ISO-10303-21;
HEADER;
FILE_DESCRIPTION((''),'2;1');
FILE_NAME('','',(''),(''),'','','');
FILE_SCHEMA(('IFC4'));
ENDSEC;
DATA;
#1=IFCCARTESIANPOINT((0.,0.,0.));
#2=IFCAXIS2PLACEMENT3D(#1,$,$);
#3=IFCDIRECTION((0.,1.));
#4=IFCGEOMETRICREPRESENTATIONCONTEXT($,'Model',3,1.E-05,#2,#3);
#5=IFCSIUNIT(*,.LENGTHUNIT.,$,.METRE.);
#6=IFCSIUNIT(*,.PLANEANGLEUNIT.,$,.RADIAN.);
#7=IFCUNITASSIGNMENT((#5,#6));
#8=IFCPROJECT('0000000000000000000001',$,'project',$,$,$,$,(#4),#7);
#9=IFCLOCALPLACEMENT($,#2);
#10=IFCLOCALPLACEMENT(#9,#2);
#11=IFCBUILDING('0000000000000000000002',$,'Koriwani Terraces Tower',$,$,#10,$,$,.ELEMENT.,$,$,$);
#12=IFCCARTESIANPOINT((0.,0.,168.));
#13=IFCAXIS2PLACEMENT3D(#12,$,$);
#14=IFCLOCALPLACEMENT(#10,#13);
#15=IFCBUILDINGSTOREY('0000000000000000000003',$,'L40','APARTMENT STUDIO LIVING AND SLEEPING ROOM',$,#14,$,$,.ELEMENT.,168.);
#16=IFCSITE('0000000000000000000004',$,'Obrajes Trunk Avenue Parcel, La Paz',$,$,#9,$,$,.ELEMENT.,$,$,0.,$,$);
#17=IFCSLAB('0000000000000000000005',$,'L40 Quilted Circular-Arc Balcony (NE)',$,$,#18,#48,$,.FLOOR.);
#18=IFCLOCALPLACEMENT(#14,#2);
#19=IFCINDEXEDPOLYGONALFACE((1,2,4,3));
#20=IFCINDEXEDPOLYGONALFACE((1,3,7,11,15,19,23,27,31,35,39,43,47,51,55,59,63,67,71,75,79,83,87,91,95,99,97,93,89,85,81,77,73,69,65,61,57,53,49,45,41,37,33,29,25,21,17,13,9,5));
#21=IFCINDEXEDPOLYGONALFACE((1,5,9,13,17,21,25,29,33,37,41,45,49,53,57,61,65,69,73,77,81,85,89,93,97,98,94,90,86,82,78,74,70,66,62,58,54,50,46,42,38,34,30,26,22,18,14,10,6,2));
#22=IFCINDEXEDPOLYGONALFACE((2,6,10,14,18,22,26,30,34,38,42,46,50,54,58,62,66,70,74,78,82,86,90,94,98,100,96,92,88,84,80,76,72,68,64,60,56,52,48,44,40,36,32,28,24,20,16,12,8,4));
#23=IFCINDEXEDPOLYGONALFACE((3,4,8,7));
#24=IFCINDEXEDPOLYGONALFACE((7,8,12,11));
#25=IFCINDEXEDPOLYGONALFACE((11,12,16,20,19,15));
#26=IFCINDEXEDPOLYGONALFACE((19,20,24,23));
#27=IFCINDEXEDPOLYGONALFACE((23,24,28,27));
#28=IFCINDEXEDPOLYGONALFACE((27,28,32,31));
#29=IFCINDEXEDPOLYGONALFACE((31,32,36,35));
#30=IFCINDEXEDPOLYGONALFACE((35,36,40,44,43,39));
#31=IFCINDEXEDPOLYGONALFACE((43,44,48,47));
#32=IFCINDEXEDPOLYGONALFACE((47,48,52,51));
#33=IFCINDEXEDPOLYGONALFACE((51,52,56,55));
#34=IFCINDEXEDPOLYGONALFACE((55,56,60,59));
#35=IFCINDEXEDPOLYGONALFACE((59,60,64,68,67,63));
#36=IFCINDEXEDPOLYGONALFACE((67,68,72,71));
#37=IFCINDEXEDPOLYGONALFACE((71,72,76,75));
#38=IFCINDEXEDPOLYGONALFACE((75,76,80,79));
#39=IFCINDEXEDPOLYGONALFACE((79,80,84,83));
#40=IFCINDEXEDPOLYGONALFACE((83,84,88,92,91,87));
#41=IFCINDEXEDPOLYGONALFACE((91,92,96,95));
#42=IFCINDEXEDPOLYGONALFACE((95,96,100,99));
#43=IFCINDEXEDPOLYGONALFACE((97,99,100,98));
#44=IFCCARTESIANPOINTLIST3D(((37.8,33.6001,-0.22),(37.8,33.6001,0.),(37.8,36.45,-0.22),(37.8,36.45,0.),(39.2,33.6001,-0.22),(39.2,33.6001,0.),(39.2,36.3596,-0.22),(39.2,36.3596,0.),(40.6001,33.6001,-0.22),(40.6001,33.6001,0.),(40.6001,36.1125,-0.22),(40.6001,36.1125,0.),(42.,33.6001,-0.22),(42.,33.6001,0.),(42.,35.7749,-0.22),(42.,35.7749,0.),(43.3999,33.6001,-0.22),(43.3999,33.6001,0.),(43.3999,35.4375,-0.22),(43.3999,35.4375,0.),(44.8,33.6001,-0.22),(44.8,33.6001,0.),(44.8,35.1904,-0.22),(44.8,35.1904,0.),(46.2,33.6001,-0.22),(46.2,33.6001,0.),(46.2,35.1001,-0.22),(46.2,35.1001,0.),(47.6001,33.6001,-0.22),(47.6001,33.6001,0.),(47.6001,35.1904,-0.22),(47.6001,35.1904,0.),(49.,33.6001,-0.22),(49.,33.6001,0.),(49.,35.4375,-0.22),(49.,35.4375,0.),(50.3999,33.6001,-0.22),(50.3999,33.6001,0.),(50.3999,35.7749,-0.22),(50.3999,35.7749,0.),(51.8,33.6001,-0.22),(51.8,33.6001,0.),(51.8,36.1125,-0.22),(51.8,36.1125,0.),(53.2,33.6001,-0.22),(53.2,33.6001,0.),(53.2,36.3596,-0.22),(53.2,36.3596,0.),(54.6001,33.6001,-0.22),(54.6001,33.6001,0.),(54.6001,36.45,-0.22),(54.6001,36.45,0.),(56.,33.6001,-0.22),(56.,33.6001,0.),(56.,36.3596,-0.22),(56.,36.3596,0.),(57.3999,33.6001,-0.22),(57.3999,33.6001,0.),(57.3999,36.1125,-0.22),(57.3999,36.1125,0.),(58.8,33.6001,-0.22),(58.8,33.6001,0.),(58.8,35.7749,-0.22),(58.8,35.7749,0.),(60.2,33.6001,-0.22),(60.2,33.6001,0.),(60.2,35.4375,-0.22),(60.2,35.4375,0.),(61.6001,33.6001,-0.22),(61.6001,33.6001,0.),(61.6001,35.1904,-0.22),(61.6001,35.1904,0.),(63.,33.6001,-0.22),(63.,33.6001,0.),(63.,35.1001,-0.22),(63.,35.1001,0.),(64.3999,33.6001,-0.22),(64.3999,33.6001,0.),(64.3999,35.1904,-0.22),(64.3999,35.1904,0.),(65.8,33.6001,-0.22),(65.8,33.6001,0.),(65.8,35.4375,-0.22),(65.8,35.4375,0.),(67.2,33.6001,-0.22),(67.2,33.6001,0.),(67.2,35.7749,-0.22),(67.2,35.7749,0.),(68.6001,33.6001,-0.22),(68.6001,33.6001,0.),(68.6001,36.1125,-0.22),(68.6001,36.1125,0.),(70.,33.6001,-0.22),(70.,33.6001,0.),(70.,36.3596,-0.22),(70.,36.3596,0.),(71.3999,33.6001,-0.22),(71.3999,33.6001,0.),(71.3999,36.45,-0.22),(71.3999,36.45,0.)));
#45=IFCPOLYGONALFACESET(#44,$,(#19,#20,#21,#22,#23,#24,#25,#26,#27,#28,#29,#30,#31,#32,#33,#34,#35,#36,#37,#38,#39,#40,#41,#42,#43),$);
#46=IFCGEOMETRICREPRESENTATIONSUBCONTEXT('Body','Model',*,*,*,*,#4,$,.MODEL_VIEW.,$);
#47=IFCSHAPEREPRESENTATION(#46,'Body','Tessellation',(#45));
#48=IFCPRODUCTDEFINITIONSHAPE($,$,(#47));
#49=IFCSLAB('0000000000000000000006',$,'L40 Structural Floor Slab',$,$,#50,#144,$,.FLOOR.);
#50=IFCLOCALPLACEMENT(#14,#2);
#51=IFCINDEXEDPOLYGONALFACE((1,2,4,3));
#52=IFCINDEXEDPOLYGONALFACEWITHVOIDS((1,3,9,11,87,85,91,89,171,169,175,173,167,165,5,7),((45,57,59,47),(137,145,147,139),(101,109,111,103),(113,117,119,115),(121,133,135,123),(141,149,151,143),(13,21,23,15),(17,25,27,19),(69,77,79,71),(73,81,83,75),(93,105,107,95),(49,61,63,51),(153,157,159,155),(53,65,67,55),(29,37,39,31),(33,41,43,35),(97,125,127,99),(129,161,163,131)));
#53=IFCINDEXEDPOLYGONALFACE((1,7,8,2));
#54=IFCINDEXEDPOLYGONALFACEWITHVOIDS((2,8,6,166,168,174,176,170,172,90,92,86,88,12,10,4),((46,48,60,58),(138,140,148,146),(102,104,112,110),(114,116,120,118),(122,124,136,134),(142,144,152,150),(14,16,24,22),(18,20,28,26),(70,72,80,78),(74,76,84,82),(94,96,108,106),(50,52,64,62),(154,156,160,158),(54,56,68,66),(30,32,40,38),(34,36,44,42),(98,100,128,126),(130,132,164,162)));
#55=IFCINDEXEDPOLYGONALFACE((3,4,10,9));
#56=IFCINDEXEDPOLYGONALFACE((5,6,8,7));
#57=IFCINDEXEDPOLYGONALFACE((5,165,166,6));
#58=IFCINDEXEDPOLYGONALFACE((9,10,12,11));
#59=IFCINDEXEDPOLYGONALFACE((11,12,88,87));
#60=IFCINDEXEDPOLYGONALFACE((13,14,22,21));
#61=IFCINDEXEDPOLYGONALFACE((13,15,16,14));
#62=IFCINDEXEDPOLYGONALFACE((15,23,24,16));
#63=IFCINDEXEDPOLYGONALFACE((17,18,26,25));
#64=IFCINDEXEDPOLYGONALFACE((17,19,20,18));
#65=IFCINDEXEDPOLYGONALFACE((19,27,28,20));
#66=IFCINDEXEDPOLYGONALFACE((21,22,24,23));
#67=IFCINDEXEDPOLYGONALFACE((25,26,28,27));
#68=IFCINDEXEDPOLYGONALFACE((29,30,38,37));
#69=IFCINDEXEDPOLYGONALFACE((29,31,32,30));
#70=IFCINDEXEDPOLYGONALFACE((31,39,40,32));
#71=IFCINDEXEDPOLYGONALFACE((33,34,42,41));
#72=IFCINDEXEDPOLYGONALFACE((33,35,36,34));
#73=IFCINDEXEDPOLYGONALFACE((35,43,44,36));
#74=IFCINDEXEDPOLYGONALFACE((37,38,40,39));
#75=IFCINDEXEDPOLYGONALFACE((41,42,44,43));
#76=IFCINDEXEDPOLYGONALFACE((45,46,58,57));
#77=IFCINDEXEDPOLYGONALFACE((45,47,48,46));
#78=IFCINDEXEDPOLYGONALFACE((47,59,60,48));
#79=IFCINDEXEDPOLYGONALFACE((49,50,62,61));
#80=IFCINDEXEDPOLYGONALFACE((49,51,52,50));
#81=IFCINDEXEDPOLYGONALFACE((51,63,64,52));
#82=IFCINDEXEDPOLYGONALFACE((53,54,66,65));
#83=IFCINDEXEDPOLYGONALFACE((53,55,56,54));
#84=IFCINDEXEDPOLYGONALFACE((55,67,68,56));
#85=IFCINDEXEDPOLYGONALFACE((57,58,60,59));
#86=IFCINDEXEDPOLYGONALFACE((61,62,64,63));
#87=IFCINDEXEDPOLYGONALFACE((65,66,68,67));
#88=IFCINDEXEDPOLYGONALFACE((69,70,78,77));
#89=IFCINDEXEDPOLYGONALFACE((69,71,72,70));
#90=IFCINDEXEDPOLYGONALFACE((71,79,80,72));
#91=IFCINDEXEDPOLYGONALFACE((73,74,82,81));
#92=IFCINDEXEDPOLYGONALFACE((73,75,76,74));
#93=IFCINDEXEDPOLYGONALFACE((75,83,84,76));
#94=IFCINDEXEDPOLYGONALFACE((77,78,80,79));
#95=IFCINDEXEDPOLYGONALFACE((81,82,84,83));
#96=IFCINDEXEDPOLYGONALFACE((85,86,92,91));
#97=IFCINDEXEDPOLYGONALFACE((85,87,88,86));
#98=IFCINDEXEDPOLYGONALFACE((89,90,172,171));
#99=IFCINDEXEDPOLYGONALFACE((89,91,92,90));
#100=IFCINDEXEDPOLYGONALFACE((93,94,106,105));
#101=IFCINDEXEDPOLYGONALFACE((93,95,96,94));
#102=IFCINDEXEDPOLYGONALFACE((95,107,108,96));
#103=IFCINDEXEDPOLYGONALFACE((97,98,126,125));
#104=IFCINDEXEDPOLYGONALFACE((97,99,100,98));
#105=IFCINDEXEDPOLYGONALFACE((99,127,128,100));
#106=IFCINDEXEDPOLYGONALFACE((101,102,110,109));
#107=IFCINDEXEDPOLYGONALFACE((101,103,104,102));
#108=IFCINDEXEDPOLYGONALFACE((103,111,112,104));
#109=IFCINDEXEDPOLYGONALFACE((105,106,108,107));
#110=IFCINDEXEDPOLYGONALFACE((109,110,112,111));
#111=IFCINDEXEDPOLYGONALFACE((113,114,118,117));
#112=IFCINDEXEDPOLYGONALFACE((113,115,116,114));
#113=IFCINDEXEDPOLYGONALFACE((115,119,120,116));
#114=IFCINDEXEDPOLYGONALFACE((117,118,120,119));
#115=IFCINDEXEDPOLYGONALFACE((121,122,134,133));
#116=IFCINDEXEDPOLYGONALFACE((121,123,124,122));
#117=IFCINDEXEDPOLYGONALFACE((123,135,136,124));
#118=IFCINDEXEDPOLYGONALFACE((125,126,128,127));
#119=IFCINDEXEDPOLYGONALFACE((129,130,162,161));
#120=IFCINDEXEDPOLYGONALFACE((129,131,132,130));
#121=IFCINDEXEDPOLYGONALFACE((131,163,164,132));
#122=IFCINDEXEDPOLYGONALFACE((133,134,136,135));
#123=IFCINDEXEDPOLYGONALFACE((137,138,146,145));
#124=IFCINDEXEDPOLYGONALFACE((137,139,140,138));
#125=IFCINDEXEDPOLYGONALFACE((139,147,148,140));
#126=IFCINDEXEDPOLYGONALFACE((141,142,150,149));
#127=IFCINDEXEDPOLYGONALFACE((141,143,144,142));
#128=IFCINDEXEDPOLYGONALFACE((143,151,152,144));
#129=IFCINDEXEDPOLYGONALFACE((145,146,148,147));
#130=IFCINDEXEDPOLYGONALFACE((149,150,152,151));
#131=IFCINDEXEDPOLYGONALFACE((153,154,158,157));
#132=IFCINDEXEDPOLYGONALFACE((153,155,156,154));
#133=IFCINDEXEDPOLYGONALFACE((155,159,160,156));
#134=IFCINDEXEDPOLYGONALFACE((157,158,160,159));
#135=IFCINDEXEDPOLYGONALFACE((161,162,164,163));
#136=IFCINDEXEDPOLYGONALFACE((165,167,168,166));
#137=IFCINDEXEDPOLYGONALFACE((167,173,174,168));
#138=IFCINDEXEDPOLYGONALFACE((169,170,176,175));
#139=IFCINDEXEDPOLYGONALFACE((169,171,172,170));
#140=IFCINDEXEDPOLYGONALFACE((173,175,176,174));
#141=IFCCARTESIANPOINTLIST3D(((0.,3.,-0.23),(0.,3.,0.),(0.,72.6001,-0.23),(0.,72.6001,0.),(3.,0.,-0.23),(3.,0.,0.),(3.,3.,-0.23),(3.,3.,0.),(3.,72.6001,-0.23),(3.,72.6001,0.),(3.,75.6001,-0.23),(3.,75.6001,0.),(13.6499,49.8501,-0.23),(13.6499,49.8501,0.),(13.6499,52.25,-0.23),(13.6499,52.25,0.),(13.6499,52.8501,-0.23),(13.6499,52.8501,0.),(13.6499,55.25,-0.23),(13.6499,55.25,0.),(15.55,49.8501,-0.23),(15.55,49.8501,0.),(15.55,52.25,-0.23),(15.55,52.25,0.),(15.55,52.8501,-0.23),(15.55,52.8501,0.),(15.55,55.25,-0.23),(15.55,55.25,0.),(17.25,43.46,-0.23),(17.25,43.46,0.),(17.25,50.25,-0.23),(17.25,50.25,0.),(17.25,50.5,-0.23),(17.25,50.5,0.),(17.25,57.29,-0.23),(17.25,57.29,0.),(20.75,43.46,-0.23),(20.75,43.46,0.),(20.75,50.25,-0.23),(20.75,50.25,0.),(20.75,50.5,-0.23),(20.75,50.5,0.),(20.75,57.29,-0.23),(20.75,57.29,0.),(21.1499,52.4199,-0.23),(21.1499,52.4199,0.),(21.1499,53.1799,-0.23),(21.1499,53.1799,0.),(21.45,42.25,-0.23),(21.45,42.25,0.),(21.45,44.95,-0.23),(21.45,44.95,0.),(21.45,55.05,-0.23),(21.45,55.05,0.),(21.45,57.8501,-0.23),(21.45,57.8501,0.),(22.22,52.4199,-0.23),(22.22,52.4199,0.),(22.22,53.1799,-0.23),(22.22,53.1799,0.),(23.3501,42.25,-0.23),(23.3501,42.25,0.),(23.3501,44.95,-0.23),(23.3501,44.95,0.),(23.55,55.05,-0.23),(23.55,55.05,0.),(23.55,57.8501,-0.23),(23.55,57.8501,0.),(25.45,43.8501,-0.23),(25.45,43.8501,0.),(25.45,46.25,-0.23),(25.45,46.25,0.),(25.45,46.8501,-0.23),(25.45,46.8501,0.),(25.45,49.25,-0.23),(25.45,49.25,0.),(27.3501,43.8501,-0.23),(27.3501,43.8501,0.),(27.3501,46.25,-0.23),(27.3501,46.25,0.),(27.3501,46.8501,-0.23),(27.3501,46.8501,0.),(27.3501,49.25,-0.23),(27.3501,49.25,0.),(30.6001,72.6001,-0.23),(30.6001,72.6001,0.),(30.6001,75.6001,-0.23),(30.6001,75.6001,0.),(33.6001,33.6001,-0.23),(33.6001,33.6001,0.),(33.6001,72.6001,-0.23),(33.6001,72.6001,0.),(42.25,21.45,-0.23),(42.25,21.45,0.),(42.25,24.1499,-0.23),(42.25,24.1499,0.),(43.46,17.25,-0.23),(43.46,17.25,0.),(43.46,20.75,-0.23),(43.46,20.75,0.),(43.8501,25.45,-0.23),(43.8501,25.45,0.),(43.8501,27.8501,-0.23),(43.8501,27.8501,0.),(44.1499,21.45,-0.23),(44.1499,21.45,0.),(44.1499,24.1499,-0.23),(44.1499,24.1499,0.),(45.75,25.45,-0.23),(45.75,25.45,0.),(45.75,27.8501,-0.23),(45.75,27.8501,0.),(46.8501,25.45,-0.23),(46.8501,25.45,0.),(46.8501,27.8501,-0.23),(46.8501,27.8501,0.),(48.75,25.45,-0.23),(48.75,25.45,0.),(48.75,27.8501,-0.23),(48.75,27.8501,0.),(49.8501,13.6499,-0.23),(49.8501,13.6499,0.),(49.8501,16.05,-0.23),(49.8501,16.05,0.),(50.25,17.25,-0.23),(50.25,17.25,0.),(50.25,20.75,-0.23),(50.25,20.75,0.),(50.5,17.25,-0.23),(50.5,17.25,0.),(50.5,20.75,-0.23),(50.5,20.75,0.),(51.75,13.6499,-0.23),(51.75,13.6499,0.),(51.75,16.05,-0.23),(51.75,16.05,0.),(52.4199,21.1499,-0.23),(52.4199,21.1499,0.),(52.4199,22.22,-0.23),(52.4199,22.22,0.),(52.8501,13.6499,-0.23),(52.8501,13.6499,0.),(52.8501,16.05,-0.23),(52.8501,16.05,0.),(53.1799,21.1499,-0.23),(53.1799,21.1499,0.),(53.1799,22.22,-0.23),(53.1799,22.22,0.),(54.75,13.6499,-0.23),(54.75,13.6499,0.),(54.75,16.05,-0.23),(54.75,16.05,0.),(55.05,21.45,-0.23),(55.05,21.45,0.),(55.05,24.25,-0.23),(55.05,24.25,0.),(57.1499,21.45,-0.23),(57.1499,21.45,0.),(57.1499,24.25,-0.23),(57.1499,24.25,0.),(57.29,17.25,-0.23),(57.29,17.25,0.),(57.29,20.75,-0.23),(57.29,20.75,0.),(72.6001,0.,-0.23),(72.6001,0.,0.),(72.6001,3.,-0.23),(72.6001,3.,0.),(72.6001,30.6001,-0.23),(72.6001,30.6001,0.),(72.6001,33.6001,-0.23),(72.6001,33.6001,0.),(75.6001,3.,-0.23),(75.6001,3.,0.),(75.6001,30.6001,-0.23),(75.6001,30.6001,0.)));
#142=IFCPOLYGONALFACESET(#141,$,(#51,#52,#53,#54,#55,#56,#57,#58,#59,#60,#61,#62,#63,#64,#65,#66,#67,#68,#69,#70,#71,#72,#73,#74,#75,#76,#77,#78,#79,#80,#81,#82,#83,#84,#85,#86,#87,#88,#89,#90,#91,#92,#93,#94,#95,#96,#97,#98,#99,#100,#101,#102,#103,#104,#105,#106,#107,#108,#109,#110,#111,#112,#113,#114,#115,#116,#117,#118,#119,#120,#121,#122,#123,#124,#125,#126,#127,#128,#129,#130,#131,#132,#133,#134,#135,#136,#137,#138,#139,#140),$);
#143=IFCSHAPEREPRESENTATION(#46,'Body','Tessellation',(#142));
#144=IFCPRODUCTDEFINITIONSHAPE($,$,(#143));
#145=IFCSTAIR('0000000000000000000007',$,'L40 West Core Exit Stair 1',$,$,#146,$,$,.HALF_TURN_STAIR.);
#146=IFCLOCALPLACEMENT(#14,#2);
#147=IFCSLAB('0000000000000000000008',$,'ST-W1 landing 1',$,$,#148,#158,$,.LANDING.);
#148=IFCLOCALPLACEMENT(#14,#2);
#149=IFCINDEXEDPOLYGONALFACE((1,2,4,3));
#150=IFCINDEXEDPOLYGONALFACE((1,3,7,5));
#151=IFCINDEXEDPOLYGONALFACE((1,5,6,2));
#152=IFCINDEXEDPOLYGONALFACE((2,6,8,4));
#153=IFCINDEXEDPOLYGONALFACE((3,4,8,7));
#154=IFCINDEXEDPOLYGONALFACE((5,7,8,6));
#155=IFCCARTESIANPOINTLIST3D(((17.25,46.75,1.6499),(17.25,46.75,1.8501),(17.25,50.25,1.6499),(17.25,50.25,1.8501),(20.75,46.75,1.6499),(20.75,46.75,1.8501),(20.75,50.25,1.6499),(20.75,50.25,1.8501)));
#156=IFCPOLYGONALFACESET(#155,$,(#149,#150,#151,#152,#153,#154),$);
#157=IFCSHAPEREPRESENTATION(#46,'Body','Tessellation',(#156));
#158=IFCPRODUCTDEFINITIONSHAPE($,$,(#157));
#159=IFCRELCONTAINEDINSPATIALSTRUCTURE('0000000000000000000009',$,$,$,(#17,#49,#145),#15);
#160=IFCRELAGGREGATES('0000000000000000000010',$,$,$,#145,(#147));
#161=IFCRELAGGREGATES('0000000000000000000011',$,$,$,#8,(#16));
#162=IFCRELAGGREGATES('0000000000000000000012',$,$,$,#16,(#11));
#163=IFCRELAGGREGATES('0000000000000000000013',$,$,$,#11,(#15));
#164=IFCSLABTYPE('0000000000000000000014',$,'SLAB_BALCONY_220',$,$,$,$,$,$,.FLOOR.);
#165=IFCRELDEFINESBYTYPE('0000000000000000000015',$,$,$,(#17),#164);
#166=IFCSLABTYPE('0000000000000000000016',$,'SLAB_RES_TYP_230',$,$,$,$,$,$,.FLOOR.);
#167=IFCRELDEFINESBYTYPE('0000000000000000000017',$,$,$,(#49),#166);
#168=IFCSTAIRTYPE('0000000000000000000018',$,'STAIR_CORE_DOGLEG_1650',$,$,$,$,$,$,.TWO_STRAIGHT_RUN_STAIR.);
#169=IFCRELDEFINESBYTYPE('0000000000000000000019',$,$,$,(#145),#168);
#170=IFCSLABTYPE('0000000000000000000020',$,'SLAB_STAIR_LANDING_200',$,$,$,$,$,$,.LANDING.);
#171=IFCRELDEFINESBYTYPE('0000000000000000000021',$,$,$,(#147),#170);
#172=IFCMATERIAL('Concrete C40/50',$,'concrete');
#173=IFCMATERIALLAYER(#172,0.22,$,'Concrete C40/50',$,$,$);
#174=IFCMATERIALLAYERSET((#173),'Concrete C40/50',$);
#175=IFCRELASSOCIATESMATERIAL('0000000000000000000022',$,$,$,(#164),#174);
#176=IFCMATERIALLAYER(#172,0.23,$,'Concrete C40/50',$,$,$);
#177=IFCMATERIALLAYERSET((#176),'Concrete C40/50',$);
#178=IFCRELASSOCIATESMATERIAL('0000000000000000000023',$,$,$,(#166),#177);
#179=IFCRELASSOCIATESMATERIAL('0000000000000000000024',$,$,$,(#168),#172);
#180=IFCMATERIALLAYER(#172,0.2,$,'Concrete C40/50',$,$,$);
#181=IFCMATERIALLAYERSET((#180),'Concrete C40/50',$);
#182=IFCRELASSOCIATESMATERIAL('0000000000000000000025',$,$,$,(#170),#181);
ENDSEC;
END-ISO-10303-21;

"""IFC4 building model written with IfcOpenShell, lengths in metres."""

from ifc_helpers import new_model, si_unit, direction, frame, origin, place, context, subcontext, project, spatial, polyline, outline, extrude, material, layer, layer_set, type_object, element, aggregate, save


model = new_model("IFC4")

# Units and contexts
model_context = context("Model", 3, precision=1e-05, world=origin(), true_north=direction((0.0, 1.0)))
body_context = subcontext(model_context, "Body", "Model", "MODEL_VIEW")
ifc_project = project(units=[si_unit("LENGTHUNIT", "METRE"), si_unit("PLANEANGLEUNIT", "RADIAN")], contexts=[model_context])

# Site, building, storey
site_placement = place(None, origin())
site = spatial("IfcSite", under=ifc_project, at=site_placement, Name="Obrajes Trunk Avenue Parcel, La Paz", CompositionType="ELEMENT", RefElevation=0.0)
building_placement = place(site_placement, origin())
building = spatial("IfcBuilding", under=site, at=building_placement, Name="Koriwani Terraces Tower", CompositionType="ELEMENT")
storey_placement = place(building_placement, frame((0.0, 0.0, 168.0)))
storey = spatial("IfcBuildingStorey", under=building, at=storey_placement, Name="L40", Description="APARTMENT STUDIO LIVING AND SLEEPING ROOM", CompositionType="ELEMENT", Elevation=168.0)

# Shared definitions
ifc_material_1 = material(Name="Concrete C40/50", Category="concrete")

# Slabs
ifc_layer_1 = layer(ifc_material_1, 0.22, Name="Concrete C40/50")
ifc_layer_set_1 = layer_set([ifc_layer_1], Name="Concrete C40/50")
slab_type_1 = type_object("IfcSlabType", Name="SLAB_BALCONY_220", PredefinedType="FLOOR", material=ifc_layer_set_1)
slab_1_placement = place(storey_placement, frame((0.0, 0.0, -0.22)))
element("IfcSlab", 1, at=slab_1_placement, inside=storey, type_object=slab_type_1, Name="L40 Quilted Circular-Arc Balcony (NE)", PredefinedType="FLOOR", context=body_context, shape_type="SweptSolid", body=[
    extrude(outline(polyline([(71.3999, 33.6001), (70.0, 33.6001), (68.6001, 33.6001), (67.2, 33.6001), (65.8, 33.6001), (64.3999, 33.6001), (63.0, 33.6001), (61.6001, 33.6001), (60.2, 33.6001), (58.8, 33.6001), (57.3999, 33.6001), (56.0, 33.6001), (54.6001, 33.6001), (53.2, 33.6001), (51.8, 33.6001), (50.3999, 33.6001), (49.0, 33.6001), (47.6001, 33.6001), (46.2, 33.6001), (44.8, 33.6001), (43.3999, 33.6001), (42.0, 33.6001), (40.6001, 33.6001), (39.2, 33.6001), (37.8, 33.6001), (37.8, 36.45), (39.2, 36.3596), (40.6001, 36.1125), (42.0, 35.7749), (43.3999, 35.4375), (44.8, 35.1904), (46.2, 35.1001), (47.6001, 35.1904), (49.0, 35.4375), (50.3999, 35.7749), (51.8, 36.1125), (53.2, 36.3596), (54.6001, 36.45), (56.0, 36.3596), (57.3999, 36.1125), (58.8, 35.7749), (60.2, 35.4375), (61.6001, 35.1904), (63.0, 35.1001), (64.3999, 35.1904), (65.8, 35.4375), (67.2, 35.7749), (68.6001, 36.1125), (70.0, 36.3596), (71.3999, 36.45), (71.3999, 33.6001)])), origin(), (0.0, 0.0, 1.0), 0.22),
])
ifc_layer_2 = layer(ifc_material_1, 0.23, Name="Concrete C40/50")
ifc_layer_set_2 = layer_set([ifc_layer_2], Name="Concrete C40/50")
slab_type_2 = type_object("IfcSlabType", Name="SLAB_RES_TYP_230", PredefinedType="FLOOR", material=ifc_layer_set_2)
slab_2_placement = place(storey_placement, frame((0.0, 0.0, -0.23)))
element("IfcSlab", 2, at=slab_2_placement, inside=storey, type_object=slab_type_2, Name="L40 Structural Floor Slab", PredefinedType="FLOOR", context=body_context, shape_type="SweptSolid", body=[
    extrude(outline(polyline([(3.0, 0.0), (72.6001, 0.0), (72.6001, 3.0), (75.6001, 3.0), (75.6001, 30.6001), (72.6001, 30.6001), (72.6001, 33.6001), (33.6001, 33.6001), (33.6001, 72.6001), (30.6001, 72.6001), (30.6001, 75.6001), (3.0, 75.6001), (3.0, 72.6001), (0.0, 72.6001), (0.0, 3.0), (3.0, 3.0), (3.0, 0.0)]), holes=[polyline([(17.25, 43.46), (20.75, 43.46), (20.75, 50.25), (17.25, 50.25), (17.25, 43.46)]), polyline([(17.25, 50.5), (20.75, 50.5), (20.75, 57.29), (17.25, 57.29), (17.25, 50.5)]), polyline([(43.46, 17.25), (50.25, 17.25), (50.25, 20.75), (43.46, 20.75), (43.46, 17.25)]), polyline([(50.5, 17.25), (57.29, 17.25), (57.29, 20.75), (50.5, 20.75), (50.5, 17.25)]), polyline([(13.6499, 49.8501), (15.55, 49.8501), (15.55, 52.25), (13.6499, 52.25), (13.6499, 49.8501)]), polyline([(13.6499, 52.8501), (15.55, 52.8501), (15.55, 55.25), (13.6499, 55.25), (13.6499, 52.8501)]), polyline([(49.8501, 13.6499), (51.75, 13.6499), (51.75, 16.05), (49.8501, 16.05), (49.8501, 13.6499)]), polyline([(52.8501, 13.6499), (54.75, 13.6499), (54.75, 16.05), (52.8501, 16.05), (52.8501, 13.6499)]), polyline([(25.45, 43.8501), (27.3501, 43.8501), (27.3501, 46.25), (25.45, 46.25), (25.45, 43.8501)]), polyline([(25.45, 46.8501), (27.3501, 46.8501), (27.3501, 49.25), (25.45, 49.25), (25.45, 46.8501)]), polyline([(43.8501, 25.45), (45.75, 25.45), (45.75, 27.8501), (43.8501, 27.8501), (43.8501, 25.45)]), polyline([(46.8501, 25.45), (48.75, 25.45), (48.75, 27.8501), (46.8501, 27.8501), (46.8501, 25.45)]), polyline([(21.45, 55.05), (23.55, 55.05), (23.55, 57.8501), (21.45, 57.8501), (21.45, 55.05)]), polyline([(55.05, 21.45), (57.1499, 21.45), (57.1499, 24.25), (55.05, 24.25), (55.05, 21.45)]), polyline([(21.45, 42.25), (23.3501, 42.25), (23.3501, 44.95), (21.45, 44.95), (21.45, 42.25)]), polyline([(42.25, 21.45), (44.1499, 21.45), (44.1499, 24.1499), (42.25, 24.1499), (42.25, 21.45)]), polyline([(21.1499, 52.4199), (22.22, 52.4199), (22.22, 53.1799), (21.1499, 53.1799), (21.1499, 52.4199)]), polyline([(52.4199, 21.1499), (53.1799, 21.1499), (53.1799, 22.22), (52.4199, 22.22), (52.4199, 21.1499)])]), origin(), (0.0, 0.0, 1.0), 0.23),
])

# Stair, slab
stair_type = type_object("IfcStairType", Name="STAIR_CORE_DOGLEG_1650", PredefinedType="TWO_STRAIGHT_RUN_STAIR", material=ifc_material_1)
stair_1_placement = place(storey_placement, origin())
stair_1 = element("IfcStair", 3, at=stair_1_placement, inside=storey, type_object=stair_type, Name="L40 West Core Exit Stair 1", PredefinedType="HALF_TURN_STAIR")
ifc_layer_3 = layer(ifc_material_1, 0.2, Name="Concrete C40/50")
ifc_layer_set_3 = layer_set([ifc_layer_3], Name="Concrete C40/50")
slab_type_3 = type_object("IfcSlabType", Name="SLAB_STAIR_LANDING_200", PredefinedType="LANDING", material=ifc_layer_set_3)
slab_3_placement = place(storey_placement, frame((0.0, 0.0, 1.6499)))
slab_3 = element("IfcSlab", 4, at=slab_3_placement, type_object=slab_type_3, Name="ST-W1 landing 1", PredefinedType="LANDING", context=body_context, shape_type="SweptSolid", body=[
    extrude(outline(polyline([(20.75, 46.75), (20.75, 50.25), (17.25, 50.25), (17.25, 46.75), (20.75, 46.75)])), origin(), (0.0, 0.0, 1.0), 0.2002),
])
aggregate(stair_1, [slab_3])

save(model, "model.ifc")
